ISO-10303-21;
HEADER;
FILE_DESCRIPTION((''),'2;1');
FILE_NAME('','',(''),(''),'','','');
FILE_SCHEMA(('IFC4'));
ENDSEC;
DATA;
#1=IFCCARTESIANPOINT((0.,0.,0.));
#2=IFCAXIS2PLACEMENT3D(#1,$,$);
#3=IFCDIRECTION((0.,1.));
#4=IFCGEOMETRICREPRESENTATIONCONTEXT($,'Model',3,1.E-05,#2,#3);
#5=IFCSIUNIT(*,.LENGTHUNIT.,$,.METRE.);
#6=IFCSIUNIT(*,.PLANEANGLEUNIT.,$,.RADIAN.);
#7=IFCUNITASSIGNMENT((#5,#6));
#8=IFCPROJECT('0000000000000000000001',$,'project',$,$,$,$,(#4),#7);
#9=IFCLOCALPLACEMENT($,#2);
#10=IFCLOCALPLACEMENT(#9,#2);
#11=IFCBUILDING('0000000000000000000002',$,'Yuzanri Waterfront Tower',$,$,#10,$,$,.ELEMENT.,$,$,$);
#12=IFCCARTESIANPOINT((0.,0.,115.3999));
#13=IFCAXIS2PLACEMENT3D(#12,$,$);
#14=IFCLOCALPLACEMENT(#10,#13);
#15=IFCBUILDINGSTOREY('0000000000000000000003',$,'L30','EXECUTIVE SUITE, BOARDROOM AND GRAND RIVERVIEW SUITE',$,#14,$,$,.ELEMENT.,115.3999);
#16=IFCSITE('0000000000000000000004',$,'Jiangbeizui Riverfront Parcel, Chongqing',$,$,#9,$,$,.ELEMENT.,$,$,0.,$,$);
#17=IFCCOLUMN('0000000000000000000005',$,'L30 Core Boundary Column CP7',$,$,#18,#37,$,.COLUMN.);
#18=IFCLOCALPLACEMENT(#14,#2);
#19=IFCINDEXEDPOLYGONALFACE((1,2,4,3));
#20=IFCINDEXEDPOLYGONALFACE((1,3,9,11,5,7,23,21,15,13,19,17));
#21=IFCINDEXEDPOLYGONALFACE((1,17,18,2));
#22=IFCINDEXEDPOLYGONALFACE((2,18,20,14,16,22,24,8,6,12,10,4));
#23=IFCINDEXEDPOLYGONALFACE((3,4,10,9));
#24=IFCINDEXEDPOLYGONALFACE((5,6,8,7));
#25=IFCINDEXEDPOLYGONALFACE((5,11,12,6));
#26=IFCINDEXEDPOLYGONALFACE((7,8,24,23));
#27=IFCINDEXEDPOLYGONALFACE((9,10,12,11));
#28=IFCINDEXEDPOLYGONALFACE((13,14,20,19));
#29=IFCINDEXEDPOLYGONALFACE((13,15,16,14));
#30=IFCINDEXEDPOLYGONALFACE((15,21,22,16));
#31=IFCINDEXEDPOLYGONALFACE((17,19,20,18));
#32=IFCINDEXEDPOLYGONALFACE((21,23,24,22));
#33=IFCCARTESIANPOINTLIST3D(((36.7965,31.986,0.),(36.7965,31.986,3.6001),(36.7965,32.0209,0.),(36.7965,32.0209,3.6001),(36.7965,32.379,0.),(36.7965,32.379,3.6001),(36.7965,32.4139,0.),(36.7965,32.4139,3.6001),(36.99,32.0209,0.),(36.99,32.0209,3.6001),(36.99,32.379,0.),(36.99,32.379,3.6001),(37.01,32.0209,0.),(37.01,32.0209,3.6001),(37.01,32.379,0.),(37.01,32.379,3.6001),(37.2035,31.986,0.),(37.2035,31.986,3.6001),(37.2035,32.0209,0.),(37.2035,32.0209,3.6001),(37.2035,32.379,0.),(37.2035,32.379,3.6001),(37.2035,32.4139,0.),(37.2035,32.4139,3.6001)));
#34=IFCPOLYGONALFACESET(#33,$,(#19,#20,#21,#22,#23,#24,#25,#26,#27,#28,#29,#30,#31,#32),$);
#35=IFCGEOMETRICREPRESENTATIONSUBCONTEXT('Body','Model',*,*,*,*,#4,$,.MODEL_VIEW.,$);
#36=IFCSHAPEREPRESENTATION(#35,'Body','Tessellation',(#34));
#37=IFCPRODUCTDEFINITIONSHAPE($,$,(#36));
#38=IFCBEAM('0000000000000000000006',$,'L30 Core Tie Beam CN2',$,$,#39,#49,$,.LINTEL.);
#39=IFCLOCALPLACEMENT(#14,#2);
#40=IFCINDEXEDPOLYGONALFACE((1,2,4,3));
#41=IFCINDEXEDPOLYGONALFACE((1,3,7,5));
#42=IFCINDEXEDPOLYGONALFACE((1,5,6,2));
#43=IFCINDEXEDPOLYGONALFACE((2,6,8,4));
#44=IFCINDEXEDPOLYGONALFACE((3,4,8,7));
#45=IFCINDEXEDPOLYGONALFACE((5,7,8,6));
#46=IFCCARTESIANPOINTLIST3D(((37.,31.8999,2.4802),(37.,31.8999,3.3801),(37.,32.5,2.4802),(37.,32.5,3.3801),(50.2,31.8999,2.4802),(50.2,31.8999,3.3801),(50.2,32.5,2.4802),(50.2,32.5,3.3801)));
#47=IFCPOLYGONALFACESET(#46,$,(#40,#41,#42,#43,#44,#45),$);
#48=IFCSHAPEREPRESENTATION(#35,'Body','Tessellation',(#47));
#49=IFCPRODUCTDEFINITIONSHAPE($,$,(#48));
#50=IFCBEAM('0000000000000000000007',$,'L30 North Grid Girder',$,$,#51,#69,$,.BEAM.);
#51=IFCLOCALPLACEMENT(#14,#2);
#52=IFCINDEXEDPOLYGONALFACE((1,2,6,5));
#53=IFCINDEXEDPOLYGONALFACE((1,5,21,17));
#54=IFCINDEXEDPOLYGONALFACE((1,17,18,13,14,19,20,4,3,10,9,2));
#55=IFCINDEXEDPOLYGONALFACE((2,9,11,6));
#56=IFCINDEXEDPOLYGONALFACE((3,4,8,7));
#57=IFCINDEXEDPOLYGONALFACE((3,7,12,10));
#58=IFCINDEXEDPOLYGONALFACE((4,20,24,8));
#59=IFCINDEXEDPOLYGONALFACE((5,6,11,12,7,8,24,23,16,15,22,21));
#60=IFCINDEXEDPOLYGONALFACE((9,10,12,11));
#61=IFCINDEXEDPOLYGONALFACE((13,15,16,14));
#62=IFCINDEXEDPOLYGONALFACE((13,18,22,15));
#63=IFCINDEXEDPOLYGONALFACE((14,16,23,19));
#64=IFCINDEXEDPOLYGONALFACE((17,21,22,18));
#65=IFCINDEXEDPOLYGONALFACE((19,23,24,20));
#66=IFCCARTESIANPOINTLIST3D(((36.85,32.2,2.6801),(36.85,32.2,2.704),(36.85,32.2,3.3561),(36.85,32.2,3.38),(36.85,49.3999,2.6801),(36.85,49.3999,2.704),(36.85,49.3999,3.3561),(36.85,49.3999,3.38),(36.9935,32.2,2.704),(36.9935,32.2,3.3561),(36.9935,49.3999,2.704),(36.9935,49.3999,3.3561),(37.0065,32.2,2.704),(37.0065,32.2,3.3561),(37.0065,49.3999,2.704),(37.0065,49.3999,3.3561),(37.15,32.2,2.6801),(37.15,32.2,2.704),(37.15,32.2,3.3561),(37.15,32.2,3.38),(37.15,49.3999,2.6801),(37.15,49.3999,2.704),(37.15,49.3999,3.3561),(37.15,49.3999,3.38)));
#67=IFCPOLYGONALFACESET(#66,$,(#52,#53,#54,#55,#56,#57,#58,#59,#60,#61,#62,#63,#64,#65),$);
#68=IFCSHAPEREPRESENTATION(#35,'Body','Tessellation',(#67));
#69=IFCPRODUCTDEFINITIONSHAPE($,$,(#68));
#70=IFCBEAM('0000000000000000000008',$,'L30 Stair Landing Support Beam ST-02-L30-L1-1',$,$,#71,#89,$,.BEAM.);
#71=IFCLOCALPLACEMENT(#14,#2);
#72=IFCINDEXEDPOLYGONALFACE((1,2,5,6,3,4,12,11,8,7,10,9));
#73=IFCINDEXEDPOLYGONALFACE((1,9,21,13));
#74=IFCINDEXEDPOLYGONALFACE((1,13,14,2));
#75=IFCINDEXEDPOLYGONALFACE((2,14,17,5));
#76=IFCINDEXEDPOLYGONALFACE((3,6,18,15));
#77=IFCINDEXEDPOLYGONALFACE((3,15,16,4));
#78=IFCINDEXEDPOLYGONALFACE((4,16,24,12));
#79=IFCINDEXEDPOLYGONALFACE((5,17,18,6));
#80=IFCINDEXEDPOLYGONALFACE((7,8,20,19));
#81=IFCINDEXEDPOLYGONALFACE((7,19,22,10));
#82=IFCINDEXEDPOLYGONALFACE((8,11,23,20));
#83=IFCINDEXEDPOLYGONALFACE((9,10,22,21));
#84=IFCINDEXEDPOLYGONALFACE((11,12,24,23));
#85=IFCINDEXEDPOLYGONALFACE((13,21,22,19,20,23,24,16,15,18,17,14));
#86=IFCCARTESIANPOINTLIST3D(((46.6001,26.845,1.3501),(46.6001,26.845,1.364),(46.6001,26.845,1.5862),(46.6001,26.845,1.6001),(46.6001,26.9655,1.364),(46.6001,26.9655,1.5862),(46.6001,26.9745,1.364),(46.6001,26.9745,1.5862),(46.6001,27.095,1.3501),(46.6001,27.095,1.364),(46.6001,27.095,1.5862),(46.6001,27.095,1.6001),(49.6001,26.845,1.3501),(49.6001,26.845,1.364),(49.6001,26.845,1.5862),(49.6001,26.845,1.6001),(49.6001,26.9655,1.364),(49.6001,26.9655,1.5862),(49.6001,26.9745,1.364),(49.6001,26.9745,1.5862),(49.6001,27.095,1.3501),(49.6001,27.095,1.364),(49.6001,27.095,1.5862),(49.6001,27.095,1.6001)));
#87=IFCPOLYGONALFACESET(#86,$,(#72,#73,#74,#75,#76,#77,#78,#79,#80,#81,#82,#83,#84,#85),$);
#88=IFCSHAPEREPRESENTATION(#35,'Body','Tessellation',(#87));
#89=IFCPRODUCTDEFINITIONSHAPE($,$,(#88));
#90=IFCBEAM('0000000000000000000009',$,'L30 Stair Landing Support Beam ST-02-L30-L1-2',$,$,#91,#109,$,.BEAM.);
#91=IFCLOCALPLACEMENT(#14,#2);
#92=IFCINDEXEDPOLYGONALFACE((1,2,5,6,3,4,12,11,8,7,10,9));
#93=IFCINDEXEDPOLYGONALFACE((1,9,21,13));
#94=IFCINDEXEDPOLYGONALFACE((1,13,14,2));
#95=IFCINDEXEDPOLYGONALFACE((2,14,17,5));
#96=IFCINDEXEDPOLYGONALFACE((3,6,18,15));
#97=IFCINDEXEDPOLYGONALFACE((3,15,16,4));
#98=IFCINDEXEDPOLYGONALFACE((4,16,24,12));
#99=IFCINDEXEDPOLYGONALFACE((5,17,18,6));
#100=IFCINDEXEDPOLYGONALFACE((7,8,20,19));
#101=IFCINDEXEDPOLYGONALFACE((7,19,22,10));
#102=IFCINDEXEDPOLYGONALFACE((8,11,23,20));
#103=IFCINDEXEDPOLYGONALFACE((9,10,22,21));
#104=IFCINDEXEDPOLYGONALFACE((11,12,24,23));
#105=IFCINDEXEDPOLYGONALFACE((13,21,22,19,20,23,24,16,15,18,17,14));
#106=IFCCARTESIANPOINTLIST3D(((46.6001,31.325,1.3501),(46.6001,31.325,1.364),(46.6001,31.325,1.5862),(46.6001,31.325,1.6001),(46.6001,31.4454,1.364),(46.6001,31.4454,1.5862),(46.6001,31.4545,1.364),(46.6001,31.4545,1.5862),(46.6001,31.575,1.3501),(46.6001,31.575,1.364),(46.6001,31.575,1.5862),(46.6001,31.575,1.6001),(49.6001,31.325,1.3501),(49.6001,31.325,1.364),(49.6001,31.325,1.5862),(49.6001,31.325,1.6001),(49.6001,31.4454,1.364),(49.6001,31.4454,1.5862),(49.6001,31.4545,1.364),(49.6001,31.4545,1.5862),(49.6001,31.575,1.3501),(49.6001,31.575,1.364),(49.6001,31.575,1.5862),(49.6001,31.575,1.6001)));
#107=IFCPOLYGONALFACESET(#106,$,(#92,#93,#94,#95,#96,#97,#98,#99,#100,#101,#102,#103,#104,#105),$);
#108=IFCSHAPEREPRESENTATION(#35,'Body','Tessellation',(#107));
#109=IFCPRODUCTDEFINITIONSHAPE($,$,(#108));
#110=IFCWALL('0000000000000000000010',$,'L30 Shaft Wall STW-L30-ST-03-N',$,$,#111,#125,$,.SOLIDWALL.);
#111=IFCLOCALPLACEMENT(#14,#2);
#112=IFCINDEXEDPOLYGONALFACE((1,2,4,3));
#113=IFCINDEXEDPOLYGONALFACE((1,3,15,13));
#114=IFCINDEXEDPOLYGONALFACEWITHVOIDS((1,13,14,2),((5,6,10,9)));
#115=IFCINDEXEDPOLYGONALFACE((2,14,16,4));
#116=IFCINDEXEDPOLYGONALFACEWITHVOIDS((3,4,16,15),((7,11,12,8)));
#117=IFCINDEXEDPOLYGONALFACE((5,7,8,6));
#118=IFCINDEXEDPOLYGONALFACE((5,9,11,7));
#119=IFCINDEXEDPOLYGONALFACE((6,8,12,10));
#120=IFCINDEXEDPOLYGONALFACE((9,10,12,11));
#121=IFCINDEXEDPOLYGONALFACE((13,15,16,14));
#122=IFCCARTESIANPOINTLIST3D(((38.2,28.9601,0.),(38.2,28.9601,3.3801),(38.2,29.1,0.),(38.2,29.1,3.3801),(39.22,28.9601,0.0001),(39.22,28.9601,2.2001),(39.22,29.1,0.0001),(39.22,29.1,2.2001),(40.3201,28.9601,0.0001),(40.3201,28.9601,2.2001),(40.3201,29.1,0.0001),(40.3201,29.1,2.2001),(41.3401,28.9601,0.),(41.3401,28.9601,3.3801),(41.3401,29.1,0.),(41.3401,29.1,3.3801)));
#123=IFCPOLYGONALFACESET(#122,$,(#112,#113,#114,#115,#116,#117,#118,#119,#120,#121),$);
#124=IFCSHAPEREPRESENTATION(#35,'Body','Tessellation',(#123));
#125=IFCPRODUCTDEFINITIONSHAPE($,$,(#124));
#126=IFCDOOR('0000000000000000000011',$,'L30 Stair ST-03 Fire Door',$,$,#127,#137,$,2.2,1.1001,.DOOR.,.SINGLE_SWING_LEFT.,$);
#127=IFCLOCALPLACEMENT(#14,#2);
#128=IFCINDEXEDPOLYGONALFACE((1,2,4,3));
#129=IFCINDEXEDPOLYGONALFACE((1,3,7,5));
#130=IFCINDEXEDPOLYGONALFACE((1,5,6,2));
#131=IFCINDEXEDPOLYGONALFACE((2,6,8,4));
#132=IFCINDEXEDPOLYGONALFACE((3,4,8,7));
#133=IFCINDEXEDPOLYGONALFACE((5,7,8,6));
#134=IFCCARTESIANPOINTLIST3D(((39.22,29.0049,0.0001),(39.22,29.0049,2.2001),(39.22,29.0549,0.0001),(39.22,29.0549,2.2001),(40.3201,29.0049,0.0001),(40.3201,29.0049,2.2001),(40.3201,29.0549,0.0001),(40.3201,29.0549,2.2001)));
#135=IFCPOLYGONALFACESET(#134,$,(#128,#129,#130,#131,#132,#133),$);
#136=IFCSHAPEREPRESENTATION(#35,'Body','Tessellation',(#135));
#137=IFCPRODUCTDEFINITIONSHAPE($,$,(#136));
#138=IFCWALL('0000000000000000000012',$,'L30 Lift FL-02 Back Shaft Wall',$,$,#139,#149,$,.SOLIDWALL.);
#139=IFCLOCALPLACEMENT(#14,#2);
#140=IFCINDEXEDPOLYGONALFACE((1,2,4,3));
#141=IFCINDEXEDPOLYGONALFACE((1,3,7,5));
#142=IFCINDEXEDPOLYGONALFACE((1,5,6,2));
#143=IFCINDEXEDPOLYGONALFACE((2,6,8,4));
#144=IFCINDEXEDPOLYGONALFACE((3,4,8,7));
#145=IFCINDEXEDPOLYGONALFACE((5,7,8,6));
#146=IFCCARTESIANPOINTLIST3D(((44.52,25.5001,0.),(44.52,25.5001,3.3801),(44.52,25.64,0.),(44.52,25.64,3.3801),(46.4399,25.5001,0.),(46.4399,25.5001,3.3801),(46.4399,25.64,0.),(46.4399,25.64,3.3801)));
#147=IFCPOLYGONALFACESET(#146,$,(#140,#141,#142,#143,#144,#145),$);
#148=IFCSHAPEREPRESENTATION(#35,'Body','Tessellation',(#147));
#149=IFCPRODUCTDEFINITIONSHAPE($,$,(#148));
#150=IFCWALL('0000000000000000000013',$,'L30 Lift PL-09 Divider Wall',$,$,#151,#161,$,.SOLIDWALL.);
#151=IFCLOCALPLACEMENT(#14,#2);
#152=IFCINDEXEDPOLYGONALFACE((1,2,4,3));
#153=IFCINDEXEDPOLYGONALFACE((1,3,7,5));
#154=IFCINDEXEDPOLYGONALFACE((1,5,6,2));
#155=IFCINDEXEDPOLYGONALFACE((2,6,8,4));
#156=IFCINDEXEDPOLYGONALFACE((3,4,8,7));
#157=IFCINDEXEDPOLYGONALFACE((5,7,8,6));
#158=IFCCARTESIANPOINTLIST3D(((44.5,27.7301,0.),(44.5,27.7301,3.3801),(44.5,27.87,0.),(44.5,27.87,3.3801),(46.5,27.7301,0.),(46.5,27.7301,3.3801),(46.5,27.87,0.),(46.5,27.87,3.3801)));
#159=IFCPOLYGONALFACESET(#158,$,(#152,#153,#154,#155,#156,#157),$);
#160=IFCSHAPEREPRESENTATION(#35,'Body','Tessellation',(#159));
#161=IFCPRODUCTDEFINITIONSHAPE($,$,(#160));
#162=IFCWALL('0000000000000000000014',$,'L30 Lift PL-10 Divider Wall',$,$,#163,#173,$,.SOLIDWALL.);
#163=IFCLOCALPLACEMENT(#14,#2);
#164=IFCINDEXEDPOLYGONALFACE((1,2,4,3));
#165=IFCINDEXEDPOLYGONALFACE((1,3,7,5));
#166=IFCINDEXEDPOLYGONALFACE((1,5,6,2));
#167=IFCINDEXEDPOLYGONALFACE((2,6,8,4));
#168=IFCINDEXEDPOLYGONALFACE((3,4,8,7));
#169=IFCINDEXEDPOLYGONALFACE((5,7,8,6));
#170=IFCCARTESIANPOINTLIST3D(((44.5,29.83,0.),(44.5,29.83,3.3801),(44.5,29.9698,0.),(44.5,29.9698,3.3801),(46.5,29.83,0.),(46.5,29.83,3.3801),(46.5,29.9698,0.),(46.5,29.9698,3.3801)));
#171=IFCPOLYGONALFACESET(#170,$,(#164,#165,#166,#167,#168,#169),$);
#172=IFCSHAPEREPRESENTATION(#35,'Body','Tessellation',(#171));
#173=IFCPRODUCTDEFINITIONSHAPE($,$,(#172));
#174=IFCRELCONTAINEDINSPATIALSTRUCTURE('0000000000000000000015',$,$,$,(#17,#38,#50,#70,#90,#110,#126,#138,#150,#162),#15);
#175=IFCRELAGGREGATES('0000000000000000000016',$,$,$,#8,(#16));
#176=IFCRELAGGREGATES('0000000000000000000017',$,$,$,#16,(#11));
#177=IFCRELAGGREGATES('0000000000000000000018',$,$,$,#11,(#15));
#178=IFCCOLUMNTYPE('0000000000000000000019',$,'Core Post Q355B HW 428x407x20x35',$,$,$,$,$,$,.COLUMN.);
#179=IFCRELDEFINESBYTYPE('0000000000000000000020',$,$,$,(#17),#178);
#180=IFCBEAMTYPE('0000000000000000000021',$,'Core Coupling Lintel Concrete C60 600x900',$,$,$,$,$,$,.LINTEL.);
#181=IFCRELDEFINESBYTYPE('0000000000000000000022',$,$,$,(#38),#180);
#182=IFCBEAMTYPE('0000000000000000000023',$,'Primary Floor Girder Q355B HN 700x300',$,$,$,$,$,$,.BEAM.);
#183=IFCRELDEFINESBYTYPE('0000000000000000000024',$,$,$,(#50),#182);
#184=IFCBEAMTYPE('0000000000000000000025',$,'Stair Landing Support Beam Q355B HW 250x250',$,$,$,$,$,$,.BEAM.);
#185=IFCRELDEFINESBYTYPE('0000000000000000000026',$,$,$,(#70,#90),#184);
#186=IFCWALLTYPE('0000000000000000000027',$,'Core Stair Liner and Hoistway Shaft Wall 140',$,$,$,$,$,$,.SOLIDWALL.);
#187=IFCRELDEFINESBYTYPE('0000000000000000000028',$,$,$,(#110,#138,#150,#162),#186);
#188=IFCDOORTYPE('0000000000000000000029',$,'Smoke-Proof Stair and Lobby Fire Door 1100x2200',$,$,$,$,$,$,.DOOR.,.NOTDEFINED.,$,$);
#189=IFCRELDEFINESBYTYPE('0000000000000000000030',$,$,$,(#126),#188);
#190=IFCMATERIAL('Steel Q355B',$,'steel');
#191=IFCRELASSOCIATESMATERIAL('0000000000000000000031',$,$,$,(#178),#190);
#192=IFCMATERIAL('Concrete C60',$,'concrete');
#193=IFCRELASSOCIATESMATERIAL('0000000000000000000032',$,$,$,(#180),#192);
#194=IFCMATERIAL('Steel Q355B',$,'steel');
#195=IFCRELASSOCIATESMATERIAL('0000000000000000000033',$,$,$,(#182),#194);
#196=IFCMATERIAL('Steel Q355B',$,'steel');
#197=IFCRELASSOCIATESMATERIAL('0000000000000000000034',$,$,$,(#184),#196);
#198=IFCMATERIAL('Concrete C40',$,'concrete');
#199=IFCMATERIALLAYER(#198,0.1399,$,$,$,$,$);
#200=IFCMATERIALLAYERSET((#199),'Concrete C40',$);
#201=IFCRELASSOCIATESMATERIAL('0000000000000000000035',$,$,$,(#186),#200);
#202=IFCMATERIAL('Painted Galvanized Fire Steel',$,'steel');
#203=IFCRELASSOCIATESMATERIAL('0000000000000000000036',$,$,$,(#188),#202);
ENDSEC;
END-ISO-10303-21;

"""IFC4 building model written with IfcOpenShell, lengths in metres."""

from ifc_helpers import new_model, si_unit, direction, frame, frame_2d, origin, origin_2d, place, context, subcontext, project, spatial, rectangle, i_section, extrude, source, transform, mapped, material, layer, layer_set, material_profile, profile_set, type_object, element, fill, save


model = new_model("IFC4")

# Units and contexts
model_context = context("Model", 3, precision=1e-05, world=origin(), true_north=direction((0.0, 1.0)))
body_context = subcontext(model_context, "Body", "Model", "MODEL_VIEW")
ifc_project = project(units=[si_unit("LENGTHUNIT", "METRE"), si_unit("PLANEANGLEUNIT", "RADIAN")], contexts=[model_context])

# Site, building, storey
site_placement = place(None, origin())
site = spatial("IfcSite", under=ifc_project, at=site_placement, Name="Jiangbeizui Riverfront Parcel, Chongqing", CompositionType="ELEMENT", RefElevation=0.0)
building_placement = place(site_placement, origin())
building = spatial("IfcBuilding", under=site, at=building_placement, Name="Yuzanri Waterfront Tower", CompositionType="ELEMENT")
storey_placement = place(building_placement, frame((0.0, 0.0, 115.3999)))
storey = spatial("IfcBuildingStorey", under=building, at=storey_placement, Name="L30", Description="EXECUTIVE SUITE, BOARDROOM AND GRAND RIVERVIEW SUITE", CompositionType="ELEMENT", Elevation=115.3999)

# Column
ifc_material_1 = material(Name="Steel Q355B", Category="steel")
ifc_material_profile_1 = material_profile(ifc_material_1, i_section(OverallWidth=0.407, OverallDepth=0.428, WebThickness=0.02, FlangeThickness=0.0349, at=origin_2d()), Name="HW 428x407x20x35")
ifc_profile_set_1 = profile_set([ifc_material_profile_1], Name="Steel Q355B")
column_type = type_object("IfcColumnType", Name="Core Post Q355B HW 428x407x20x35", PredefinedType="COLUMN", material=ifc_profile_set_1)
shared_shape_1 = source(origin(), body_context, "Body", "SweptSolid", [
    extrude(i_section(OverallWidth=0.407, OverallDepth=0.428, WebThickness=0.02, FlangeThickness=0.0349, at=origin_2d()), origin(), (0.0, 0.0, 1.0), 3.6001),
])
column_placement = place(storey_placement, frame((37.0, 32.2, 0.0), z_axis=(0.0, 0.0, 1.0), x_axis=(1.0, 0.0, 0.0)))
element("IfcColumn", 1, at=column_placement, inside=storey, type_object=column_type, Name="L30 Core Boundary Column CP7", PredefinedType="COLUMN", context=body_context, shape_type="MappedRepresentation", body=[
    mapped(shared_shape_1, transform((0.0, 0.0, 0.0), scale=1.0)),
])

# Beams
ifc_material_2 = material(Name="Concrete C60", Category="concrete")
ifc_material_profile_2 = material_profile(ifc_material_2, rectangle(XDim=0.6001, YDim=0.8999, at=origin_2d()), Name="RC 600x900")
ifc_profile_set_2 = profile_set([ifc_material_profile_2], Name="Concrete C60")
beam_type_1 = type_object("IfcBeamType", Name="Core Coupling Lintel Concrete C60 600x900", PredefinedType="LINTEL", material=ifc_profile_set_2)
shared_shape_2 = source(origin(), body_context, "Body", "SweptSolid", [
    extrude(rectangle(XDim=0.6001, YDim=0.8999, at=origin_2d()), origin(), (0.0, 0.0, 1.0), 13.2),
])
beam_1_placement = place(storey_placement, frame((37.0, 32.2, 2.9302), z_axis=(1.0, 0.0, 0.0), x_axis=(0.0, 1.0, 0.0)))
element("IfcBeam", 2, at=beam_1_placement, inside=storey, type_object=beam_type_1, Name="L30 Core Tie Beam CN2", PredefinedType="LINTEL", context=body_context, shape_type="MappedRepresentation", body=[
    mapped(shared_shape_2, transform((0.0, 0.0, 0.0), scale=1.0)),
])
ifc_material_3 = material(Name="Steel Q355B", Category="steel")
ifc_material_profile_3 = material_profile(ifc_material_3, i_section(OverallWidth=0.3, OverallDepth=0.7, WebThickness=0.0129, FlangeThickness=0.0239, at=origin_2d()), Name="HN 700x300x13x24")
ifc_profile_set_3 = profile_set([ifc_material_profile_3], Name="Steel Q355B")
beam_type_2 = type_object("IfcBeamType", Name="Primary Floor Girder Q355B HN 700x300", PredefinedType="BEAM", material=ifc_profile_set_3)
shared_shape_3 = source(origin(), body_context, "Body", "SweptSolid", [
    extrude(i_section(OverallWidth=0.3, OverallDepth=0.7, WebThickness=0.0129, FlangeThickness=0.0239, at=origin_2d()), origin(), (0.0, 0.0, 1.0), 17.2),
])
beam_2_placement = place(storey_placement, frame((37.0, 32.2, 3.03), z_axis=(0.0, 1.0, 0.0), x_axis=(-1.0, 0.0, 0.0)))
element("IfcBeam", 3, at=beam_2_placement, inside=storey, type_object=beam_type_2, Name="L30 North Grid Girder", PredefinedType="BEAM", context=body_context, shape_type="MappedRepresentation", body=[
    mapped(shared_shape_3, transform((0.0, 0.0, 0.0), scale=1.0)),
])
ifc_material_4 = material(Name="Steel Q355B", Category="steel")
ifc_material_profile_4 = material_profile(ifc_material_4, i_section(OverallWidth=0.25, OverallDepth=0.25, WebThickness=0.009, FlangeThickness=0.0139, at=origin_2d()), Name="HW 250x250x9x14")
ifc_profile_set_4 = profile_set([ifc_material_profile_4], Name="Steel Q355B")
beam_type_3 = type_object("IfcBeamType", Name="Stair Landing Support Beam Q355B HW 250x250", PredefinedType="BEAM", material=ifc_profile_set_4)
shared_shape_4 = source(origin(), body_context, "Body", "SweptSolid", [
    extrude(i_section(OverallWidth=0.25, OverallDepth=0.25, WebThickness=0.009, FlangeThickness=0.0139, at=origin_2d()), origin(), (0.0, 0.0, 1.0), 3.0),
])
for number, where, z_axis, x_axis, name in (
    (4, (46.6001, 26.97, 1.4751), (1.0, 0.0, 0.0), (0.0, 1.0, 0.0), "L30 Stair Landing Support Beam ST-02-L30-L1-1"),
    (5, (46.6001, 31.45, 1.4751), (1.0, 0.0, 0.0), (0.0, 1.0, 0.0), "L30 Stair Landing Support Beam ST-02-L30-L1-2"),
):
    element("IfcBeam", number, at=place(storey_placement, frame(where, z_axis=z_axis, x_axis=x_axis)), inside=storey, type_object=beam_type_3, Name=name, PredefinedType="BEAM", context=body_context, shape_type="MappedRepresentation", body=[
        mapped(shared_shape_4, transform((0.0, 0.0, 0.0), scale=1.0)),
    ])

# Wall, opening, door
ifc_material_5 = material(Name="Concrete C40", Category="concrete")
ifc_layer_1 = layer(ifc_material_5, 0.1399)
ifc_layer_set_1 = layer_set([ifc_layer_1], Name="Concrete C40")
wall_type_1 = type_object("IfcWallType", Name="Core Stair Liner and Hoistway Shaft Wall 140", PredefinedType="SOLIDWALL", material=ifc_layer_set_1)
wall_1_placement = place(storey_placement, frame((38.2, 29.03, 0.0), z_axis=(0.0, 0.0, 1.0), x_axis=(1.0, 0.0, 0.0)))
wall_1 = element("IfcWall", 6, at=wall_1_placement, inside=storey, type_object=wall_type_1, Name="L30 Shaft Wall STW-L30-ST-03-N", PredefinedType="SOLIDWALL", context=body_context, shape_type="SweptSolid", body=[
    extrude(rectangle(XDim=3.1401, YDim=0.1399, at=frame_2d((1.5701, 0.0))), origin(), (0.0, 0.0, 1.0), 3.3801),
])
opening_placement = place(wall_1_placement, frame((1.02, 0.0, 0.0)))
opening = element("IfcOpeningElement", 7, at=opening_placement, cuts=wall_1, PredefinedType="OPENING", context=body_context, shape_type="SweptSolid", body=[
    extrude(rectangle(XDim=1.1001, YDim=2.2, at=frame_2d((0.55, 1.1001))), frame((0.0, 0.085, 0.0), z_axis=(0.0, -1.0, 0.0), x_axis=(1.0, 0.0, 0.0)), (0.0, 0.0, 1.0), 0.1697),
])
ifc_material_6 = material(Name="Painted Galvanized Fire Steel", Category="steel")
door_type = type_object("IfcDoorType", Name="Smoke-Proof Stair and Lobby Fire Door 1100x2200", OperationType="NOTDEFINED", PredefinedType="DOOR", material=ifc_material_6)
shared_shape_5 = source(origin(), body_context, "Body", "SweptSolid", [
    extrude(rectangle(XDim=1.1001, YDim=2.2, at=frame_2d((0.55, 1.1001))), frame((0.0, 0.0249, 0.0), z_axis=(0.0, -1.0, 0.0), x_axis=(1.0, 0.0, 0.0)), (0.0, 0.0, 1.0), 0.05),
])
door_placement = place(opening_placement, origin())
door = element("IfcDoor", 8, at=door_placement, inside=storey, type_object=door_type, Name="L30 Stair ST-03 Fire Door", OperationType="SINGLE_SWING_LEFT", OverallHeight=2.2, OverallWidth=1.1001, PredefinedType="DOOR", context=body_context, shape_type="MappedRepresentation", body=[
    mapped(shared_shape_5, transform((0.0, 0.0, 0.0), scale=1.0)),
])
fill(opening, door)

# Walls
shared_shape_6 = source(origin(), body_context, "Body", "SweptSolid", [
    extrude(rectangle(XDim=1.9199, YDim=0.1399, at=frame_2d((0.96, 0.0))), origin(), (0.0, 0.0, 1.0), 3.3801),
])
wall_2_placement = place(storey_placement, frame((44.52, 25.5701, 0.0), z_axis=(0.0, 0.0, 1.0), x_axis=(1.0, 0.0, 0.0)))
element("IfcWall", 9, at=wall_2_placement, inside=storey, type_object=wall_type_1, Name="L30 Lift FL-02 Back Shaft Wall", PredefinedType="SOLIDWALL", context=body_context, shape_type="MappedRepresentation", body=[
    mapped(shared_shape_6, transform((0.0, 0.0, 0.0), scale=1.0)),
])
shared_shape_7 = source(origin(), body_context, "Body", "SweptSolid", [
    extrude(rectangle(XDim=2.0, YDim=0.1399, at=frame_2d((1.0, 0.0))), origin(), (0.0, 0.0, 1.0), 3.3801),
])
for number, where, z_axis, x_axis, name in (
    (10, (44.5, 27.8, 0.0), (0.0, 0.0, 1.0), (1.0, 0.0, 0.0), "L30 Lift PL-09 Divider Wall"),
    (11, (44.5, 29.8999, 0.0), (0.0, 0.0, 1.0), (1.0, 0.0, 0.0), "L30 Lift PL-10 Divider Wall"),
):
    element("IfcWall", number, at=place(storey_placement, frame(where, z_axis=z_axis, x_axis=x_axis)), inside=storey, type_object=wall_type_1, Name=name, PredefinedType="SOLIDWALL", context=body_context, shape_type="MappedRepresentation", body=[
        mapped(shared_shape_7, transform((0.0, 0.0, 0.0), scale=1.0)),
    ])

save(model, "model.ifc")
